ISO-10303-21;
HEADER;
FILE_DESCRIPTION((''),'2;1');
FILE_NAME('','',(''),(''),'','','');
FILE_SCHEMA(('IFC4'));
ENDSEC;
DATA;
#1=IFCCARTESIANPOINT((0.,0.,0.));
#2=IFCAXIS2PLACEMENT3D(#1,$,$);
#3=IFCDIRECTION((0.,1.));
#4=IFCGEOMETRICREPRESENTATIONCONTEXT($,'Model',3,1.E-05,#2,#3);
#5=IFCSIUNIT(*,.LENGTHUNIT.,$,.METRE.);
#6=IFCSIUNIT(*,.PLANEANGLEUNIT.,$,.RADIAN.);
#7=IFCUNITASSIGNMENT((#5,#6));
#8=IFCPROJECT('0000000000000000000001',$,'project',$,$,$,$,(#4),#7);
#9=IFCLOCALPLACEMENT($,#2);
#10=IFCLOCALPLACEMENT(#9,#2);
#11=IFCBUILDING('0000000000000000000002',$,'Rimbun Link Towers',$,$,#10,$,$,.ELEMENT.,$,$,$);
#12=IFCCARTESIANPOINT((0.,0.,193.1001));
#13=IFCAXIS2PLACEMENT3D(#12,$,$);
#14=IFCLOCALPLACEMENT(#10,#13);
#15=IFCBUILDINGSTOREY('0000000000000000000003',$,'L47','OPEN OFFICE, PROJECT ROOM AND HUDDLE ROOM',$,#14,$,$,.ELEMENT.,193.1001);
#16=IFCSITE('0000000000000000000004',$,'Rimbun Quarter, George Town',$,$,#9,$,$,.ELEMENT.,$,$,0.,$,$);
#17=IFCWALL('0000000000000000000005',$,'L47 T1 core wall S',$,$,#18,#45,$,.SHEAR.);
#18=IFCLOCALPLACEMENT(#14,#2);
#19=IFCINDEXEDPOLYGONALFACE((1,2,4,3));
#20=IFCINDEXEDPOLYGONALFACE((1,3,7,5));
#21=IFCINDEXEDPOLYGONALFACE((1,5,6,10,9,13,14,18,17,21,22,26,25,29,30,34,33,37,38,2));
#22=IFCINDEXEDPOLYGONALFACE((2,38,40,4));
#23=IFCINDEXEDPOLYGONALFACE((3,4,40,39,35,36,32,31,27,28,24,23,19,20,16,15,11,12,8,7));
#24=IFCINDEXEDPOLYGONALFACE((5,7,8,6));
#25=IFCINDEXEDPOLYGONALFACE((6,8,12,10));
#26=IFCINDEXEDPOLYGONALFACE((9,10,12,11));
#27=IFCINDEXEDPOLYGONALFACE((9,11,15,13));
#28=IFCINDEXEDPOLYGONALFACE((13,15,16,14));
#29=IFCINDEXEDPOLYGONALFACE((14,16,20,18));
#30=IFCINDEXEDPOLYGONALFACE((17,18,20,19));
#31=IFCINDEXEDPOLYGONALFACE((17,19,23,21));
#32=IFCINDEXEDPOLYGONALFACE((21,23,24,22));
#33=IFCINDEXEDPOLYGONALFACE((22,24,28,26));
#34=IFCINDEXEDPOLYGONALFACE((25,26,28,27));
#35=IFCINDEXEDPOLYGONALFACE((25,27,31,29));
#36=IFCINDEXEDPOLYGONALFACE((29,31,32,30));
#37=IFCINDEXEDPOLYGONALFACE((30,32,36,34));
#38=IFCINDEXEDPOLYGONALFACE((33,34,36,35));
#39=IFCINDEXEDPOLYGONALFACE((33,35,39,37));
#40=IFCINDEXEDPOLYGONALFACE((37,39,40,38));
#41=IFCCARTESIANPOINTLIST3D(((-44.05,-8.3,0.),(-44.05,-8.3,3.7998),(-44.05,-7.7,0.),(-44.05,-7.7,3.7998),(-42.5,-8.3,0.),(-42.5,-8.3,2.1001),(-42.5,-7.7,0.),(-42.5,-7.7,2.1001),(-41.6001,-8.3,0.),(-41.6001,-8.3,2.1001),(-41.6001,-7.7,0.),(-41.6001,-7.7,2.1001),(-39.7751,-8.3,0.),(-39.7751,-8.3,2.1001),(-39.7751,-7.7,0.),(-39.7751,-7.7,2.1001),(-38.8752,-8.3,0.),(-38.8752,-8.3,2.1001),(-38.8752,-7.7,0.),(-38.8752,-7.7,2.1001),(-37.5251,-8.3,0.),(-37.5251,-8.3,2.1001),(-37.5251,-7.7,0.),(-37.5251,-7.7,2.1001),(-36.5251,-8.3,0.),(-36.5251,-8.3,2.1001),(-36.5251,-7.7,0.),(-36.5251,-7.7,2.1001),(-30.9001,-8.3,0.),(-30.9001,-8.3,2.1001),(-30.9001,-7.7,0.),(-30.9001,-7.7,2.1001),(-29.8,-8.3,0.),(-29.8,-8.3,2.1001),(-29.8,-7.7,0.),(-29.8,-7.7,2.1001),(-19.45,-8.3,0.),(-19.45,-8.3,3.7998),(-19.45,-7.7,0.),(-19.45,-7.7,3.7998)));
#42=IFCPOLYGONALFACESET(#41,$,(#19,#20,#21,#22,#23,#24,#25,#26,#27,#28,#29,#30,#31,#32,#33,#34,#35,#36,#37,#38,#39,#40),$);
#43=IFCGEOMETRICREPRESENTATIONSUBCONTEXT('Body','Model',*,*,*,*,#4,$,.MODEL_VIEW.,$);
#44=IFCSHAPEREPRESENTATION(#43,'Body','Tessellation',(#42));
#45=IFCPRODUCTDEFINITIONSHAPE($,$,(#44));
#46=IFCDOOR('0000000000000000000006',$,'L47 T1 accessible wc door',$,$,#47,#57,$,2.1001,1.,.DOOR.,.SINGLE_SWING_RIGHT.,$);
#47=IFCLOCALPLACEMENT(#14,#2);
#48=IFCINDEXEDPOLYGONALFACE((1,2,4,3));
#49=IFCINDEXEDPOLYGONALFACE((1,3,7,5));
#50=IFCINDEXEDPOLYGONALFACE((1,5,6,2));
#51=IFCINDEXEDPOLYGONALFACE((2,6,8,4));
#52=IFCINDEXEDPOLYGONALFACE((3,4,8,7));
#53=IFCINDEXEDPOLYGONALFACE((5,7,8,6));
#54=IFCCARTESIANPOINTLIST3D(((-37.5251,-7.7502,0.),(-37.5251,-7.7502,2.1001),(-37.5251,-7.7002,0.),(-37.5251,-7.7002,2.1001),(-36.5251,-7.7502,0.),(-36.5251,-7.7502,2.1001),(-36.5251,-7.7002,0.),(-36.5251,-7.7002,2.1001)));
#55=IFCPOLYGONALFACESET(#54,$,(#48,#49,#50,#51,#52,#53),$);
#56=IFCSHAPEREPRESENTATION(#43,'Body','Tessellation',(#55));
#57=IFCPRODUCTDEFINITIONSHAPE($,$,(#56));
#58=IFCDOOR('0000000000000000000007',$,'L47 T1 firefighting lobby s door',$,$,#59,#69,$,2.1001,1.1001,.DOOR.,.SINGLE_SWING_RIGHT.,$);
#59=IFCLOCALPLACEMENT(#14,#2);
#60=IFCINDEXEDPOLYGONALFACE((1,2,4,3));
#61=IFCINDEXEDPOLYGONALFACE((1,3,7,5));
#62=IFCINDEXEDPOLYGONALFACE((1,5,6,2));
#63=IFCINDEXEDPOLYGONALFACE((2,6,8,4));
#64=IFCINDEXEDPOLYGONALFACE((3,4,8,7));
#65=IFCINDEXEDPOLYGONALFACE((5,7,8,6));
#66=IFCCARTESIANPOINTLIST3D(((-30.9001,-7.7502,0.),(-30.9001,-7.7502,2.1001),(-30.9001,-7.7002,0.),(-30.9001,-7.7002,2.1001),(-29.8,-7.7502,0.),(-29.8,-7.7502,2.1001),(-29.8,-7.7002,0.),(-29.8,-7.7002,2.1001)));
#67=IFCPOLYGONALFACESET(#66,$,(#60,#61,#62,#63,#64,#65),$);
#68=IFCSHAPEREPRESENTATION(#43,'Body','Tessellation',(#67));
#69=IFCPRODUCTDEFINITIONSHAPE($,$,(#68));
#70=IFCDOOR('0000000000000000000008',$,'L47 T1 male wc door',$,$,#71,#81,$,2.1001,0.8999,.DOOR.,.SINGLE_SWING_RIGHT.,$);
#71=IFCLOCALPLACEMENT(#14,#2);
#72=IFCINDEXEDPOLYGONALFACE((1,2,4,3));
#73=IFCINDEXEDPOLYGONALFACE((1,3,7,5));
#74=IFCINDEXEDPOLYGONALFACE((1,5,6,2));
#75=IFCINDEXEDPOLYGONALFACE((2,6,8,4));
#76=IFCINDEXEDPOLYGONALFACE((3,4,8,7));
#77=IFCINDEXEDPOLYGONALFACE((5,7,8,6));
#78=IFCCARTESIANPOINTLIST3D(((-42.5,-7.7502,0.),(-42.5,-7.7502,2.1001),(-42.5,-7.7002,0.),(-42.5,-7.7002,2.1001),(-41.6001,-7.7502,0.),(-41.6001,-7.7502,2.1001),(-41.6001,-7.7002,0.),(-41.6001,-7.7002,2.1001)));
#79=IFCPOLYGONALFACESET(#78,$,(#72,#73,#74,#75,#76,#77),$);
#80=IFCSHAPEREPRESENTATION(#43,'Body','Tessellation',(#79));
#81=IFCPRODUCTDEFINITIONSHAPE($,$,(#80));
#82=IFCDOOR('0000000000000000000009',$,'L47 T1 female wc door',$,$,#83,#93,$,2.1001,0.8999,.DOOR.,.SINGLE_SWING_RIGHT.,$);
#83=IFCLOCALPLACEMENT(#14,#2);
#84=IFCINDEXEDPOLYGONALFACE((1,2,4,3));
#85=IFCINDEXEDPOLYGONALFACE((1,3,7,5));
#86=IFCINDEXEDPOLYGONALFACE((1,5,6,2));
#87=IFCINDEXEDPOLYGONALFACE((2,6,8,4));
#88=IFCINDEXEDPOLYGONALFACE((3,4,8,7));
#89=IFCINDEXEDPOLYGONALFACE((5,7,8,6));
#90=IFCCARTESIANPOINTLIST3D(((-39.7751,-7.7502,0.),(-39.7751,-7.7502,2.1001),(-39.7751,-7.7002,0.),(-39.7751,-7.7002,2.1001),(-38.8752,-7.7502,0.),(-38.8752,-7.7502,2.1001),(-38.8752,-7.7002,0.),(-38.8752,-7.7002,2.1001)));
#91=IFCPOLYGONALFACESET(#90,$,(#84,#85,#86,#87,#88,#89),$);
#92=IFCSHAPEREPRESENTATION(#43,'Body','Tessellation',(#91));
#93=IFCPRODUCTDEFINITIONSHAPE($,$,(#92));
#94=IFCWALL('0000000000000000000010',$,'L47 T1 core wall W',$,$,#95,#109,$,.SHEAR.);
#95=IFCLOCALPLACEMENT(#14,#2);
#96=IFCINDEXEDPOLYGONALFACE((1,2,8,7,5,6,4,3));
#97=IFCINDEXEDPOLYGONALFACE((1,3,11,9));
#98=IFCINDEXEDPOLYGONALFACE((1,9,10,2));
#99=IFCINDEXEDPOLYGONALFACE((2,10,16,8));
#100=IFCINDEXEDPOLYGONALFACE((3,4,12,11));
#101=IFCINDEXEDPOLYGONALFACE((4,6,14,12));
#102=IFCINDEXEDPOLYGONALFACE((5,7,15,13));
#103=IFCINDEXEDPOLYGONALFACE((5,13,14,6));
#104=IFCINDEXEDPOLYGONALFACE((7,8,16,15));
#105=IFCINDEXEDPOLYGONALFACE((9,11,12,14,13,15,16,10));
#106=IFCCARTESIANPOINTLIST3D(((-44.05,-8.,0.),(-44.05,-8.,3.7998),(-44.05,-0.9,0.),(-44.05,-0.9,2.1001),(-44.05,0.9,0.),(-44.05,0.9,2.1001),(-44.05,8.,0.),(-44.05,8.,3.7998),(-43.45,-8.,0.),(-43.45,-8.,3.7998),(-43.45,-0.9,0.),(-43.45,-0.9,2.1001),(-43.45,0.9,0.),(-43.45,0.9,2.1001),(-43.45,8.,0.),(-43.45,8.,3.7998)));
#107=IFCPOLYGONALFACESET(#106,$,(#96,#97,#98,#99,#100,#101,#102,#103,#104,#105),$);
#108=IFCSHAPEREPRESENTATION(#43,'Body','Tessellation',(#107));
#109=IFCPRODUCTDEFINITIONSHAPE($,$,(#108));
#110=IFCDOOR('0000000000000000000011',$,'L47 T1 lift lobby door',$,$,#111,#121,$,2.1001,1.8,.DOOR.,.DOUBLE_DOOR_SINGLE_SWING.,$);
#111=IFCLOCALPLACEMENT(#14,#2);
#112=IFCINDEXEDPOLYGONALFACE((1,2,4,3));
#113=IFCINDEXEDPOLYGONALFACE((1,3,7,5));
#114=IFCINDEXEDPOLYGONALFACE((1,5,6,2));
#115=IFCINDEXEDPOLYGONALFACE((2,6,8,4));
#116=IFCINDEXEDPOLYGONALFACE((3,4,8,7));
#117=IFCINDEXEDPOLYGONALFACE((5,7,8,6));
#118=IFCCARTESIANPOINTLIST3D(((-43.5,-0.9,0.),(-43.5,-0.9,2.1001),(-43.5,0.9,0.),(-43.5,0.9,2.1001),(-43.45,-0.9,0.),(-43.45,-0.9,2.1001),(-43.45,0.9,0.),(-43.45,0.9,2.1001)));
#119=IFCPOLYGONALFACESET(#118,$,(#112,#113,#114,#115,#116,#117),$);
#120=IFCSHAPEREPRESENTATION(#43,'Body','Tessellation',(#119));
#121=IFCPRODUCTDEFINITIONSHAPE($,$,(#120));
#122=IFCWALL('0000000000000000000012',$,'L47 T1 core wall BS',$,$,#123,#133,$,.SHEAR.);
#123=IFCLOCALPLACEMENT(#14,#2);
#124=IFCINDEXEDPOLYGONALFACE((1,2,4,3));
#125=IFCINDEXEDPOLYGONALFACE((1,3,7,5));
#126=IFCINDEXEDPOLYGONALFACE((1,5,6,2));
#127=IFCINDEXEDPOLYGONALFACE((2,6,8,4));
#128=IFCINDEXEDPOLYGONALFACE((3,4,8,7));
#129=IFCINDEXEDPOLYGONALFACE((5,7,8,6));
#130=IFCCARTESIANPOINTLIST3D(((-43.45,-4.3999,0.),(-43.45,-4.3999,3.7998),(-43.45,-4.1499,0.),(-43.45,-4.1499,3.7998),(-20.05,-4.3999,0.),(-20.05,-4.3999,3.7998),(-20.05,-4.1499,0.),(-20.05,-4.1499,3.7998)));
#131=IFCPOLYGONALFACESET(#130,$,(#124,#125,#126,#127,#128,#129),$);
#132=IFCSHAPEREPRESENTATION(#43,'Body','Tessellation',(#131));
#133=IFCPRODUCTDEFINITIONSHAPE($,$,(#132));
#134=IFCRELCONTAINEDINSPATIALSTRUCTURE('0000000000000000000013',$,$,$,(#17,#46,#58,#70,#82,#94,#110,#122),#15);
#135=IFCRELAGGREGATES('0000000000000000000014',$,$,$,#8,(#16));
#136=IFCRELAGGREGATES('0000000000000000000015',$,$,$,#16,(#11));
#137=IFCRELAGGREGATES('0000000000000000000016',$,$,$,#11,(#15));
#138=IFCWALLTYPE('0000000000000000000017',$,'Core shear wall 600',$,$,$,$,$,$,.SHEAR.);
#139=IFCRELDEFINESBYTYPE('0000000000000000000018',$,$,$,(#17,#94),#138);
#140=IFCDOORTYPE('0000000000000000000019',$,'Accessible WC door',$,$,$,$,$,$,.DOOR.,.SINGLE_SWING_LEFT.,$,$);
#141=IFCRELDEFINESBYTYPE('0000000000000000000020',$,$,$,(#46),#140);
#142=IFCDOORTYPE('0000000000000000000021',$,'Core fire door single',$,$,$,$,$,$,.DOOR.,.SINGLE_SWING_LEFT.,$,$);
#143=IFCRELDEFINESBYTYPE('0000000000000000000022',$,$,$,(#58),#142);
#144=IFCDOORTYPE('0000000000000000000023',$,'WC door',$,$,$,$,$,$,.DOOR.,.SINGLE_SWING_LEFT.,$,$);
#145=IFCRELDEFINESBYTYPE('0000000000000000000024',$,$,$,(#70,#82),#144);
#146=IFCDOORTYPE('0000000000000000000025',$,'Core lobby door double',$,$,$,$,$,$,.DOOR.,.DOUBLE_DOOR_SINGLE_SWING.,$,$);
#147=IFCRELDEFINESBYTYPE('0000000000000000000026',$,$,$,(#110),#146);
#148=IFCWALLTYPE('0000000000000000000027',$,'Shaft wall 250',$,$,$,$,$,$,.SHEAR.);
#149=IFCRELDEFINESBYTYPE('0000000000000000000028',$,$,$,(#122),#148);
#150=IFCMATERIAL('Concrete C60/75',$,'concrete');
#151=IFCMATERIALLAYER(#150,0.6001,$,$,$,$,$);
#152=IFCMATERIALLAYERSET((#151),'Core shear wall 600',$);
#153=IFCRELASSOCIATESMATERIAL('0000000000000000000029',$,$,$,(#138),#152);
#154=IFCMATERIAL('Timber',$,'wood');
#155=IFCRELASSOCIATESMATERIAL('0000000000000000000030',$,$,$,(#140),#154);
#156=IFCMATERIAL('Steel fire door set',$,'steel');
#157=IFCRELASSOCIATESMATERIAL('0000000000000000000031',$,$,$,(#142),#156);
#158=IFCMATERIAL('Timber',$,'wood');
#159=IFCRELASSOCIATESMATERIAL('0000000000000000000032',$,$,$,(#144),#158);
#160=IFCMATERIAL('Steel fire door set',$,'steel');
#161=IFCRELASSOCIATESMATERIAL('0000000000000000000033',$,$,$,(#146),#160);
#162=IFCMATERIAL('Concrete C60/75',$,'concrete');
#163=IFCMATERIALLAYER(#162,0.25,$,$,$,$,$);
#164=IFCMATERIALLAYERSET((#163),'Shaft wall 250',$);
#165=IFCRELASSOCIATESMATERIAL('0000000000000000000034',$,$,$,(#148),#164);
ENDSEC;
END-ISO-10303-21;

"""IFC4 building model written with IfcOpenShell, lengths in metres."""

from ifc_helpers import new_model, si_unit, direction, frame, frame_2d, origin, place, context, subcontext, project, spatial, rectangle, extrude, material, layer, layer_set, type_object, element, fill, save


model = new_model("IFC4")

# Units and contexts
model_context = context("Model", 3, precision=1e-05, world=origin(), true_north=direction((0.0, 1.0)))
body_context = subcontext(model_context, "Body", "Model", "MODEL_VIEW")
ifc_project = project(units=[si_unit("LENGTHUNIT", "METRE"), si_unit("PLANEANGLEUNIT", "RADIAN")], contexts=[model_context])

# Site, building, storey
site_placement = place(None, origin())
site = spatial("IfcSite", under=ifc_project, at=site_placement, Name="Rimbun Quarter, George Town", CompositionType="ELEMENT", RefElevation=0.0)
building_placement = place(site_placement, origin())
building = spatial("IfcBuilding", under=site, at=building_placement, Name="Rimbun Link Towers", CompositionType="ELEMENT")
storey_placement = place(building_placement, frame((0.0, 0.0, 193.1001)))
storey = spatial("IfcBuildingStorey", under=building, at=storey_placement, Name="L47", Description="OPEN OFFICE, PROJECT ROOM AND HUDDLE ROOM", CompositionType="ELEMENT", Elevation=193.1001)

# Wall, openings, doors
ifc_material_1 = material(Name="Concrete C60/75", Category="concrete")
ifc_layer_1 = layer(ifc_material_1, 0.6001)
ifc_layer_set_1 = layer_set([ifc_layer_1], Name="Core shear wall 600")
wall_type_1 = type_object("IfcWallType", Name="Core shear wall 600", PredefinedType="SHEAR", material=ifc_layer_set_1)
wall_1_placement = place(storey_placement, frame((-44.05, -8.0, 0.0), z_axis=(0.0, 0.0, 1.0), x_axis=(1.0, 0.0, 0.0)))
wall_1 = element("IfcWall", 1, at=wall_1_placement, inside=storey, type_object=wall_type_1, Name="L47 T1 core wall S", PredefinedType="SHEAR", context=body_context, shape_type="SweptSolid", body=[
    extrude(rectangle(XDim=24.6001, YDim=0.6001, at=frame_2d((12.3, 0.0))), origin(), (0.0, 0.0, 1.0), 3.7998),
])
opening_1_placement = place(wall_1_placement, frame((13.1499, 0.0, 0.0)))
opening_1 = element("IfcOpeningElement", 2, at=opening_1_placement, cuts=wall_1, PredefinedType="OPENING", context=body_context, shape_type="SweptSolid", body=[
    extrude(rectangle(XDim=1.1001, YDim=2.1001, at=frame_2d((0.55, 1.05))), frame((0.0, 0.3101, 0.0), z_axis=(0.0, -1.0, 0.0), x_axis=(1.0, 0.0, 0.0)), (0.0, 0.0, 1.0), 0.6201),
])
opening_2_placement = place(wall_1_placement, frame((1.55, 0.0, 0.0)))
opening_2 = element("IfcOpeningElement", 3, at=opening_2_placement, cuts=wall_1, PredefinedType="OPENING", context=body_context, shape_type="SweptSolid", body=[
    extrude(rectangle(XDim=0.8999, YDim=2.1001, at=frame_2d((0.45, 1.05))), frame((0.0, 0.3101, 0.0), z_axis=(0.0, -1.0, 0.0), x_axis=(1.0, 0.0, 0.0)), (0.0, 0.0, 1.0), 0.6201),
])
opening_3_placement = place(wall_1_placement, frame((4.2749, 0.0, 0.0)))
opening_3 = element("IfcOpeningElement", 4, at=opening_3_placement, cuts=wall_1, PredefinedType="OPENING", context=body_context, shape_type="SweptSolid", body=[
    extrude(rectangle(XDim=0.8999, YDim=2.1001, at=frame_2d((0.45, 1.05))), frame((0.0, 0.3101, 0.0), z_axis=(0.0, -1.0, 0.0), x_axis=(1.0, 0.0, 0.0)), (0.0, 0.0, 1.0), 0.6201),
])
opening_4_placement = place(wall_1_placement, frame((6.5249, 0.0, 0.0)))
opening_4 = element("IfcOpeningElement", 5, at=opening_4_placement, cuts=wall_1, PredefinedType="OPENING", context=body_context, shape_type="SweptSolid", body=[
    extrude(rectangle(XDim=1.0, YDim=2.1001, at=frame_2d((0.5, 1.05))), frame((0.0, 0.3101, 0.0), z_axis=(0.0, -1.0, 0.0), x_axis=(1.0, 0.0, 0.0)), (0.0, 0.0, 1.0), 0.6201),
])
ifc_material_2 = material(Name="Timber", Category="wood")
door_type_1 = type_object("IfcDoorType", Name="Accessible WC door", OperationType="SINGLE_SWING_LEFT", PredefinedType="DOOR", material=ifc_material_2)
door_1_placement = place(opening_4_placement, origin())
door_1 = element("IfcDoor", 6, at=door_1_placement, inside=storey, type_object=door_type_1, Name="L47 T1 accessible wc door", OperationType="SINGLE_SWING_RIGHT", OverallHeight=2.1001, OverallWidth=1.0, PredefinedType="DOOR", context=body_context, shape_type="SweptSolid", body=[
    extrude(rectangle(XDim=1.0, YDim=2.1001, at=frame_2d((0.5, 1.05))), frame((0.0, 0.2998, 0.0), z_axis=(0.0, -1.0, 0.0), x_axis=(1.0, 0.0, 0.0)), (0.0, 0.0, 1.0), 0.05),
])
fill(opening_4, door_1)
ifc_material_3 = material(Name="Steel fire door set", Category="steel")
door_type_2 = type_object("IfcDoorType", Name="Core fire door single", OperationType="SINGLE_SWING_LEFT", PredefinedType="DOOR", material=ifc_material_3)
door_2_placement = place(opening_1_placement, origin())
door_2 = element("IfcDoor", 7, at=door_2_placement, inside=storey, type_object=door_type_2, Name="L47 T1 firefighting lobby s door", OperationType="SINGLE_SWING_RIGHT", OverallHeight=2.1001, OverallWidth=1.1001, PredefinedType="DOOR", context=body_context, shape_type="SweptSolid", body=[
    extrude(rectangle(XDim=1.1001, YDim=2.1001, at=frame_2d((0.55, 1.05))), frame((0.0, 0.2998, 0.0), z_axis=(0.0, -1.0, 0.0), x_axis=(1.0, 0.0, 0.0)), (0.0, 0.0, 1.0), 0.05),
])
fill(opening_1, door_2)
ifc_material_4 = material(Name="Timber", Category="wood")
door_type_3 = type_object("IfcDoorType", Name="WC door", OperationType="SINGLE_SWING_LEFT", PredefinedType="DOOR", material=ifc_material_4)
door_3_placement = place(opening_2_placement, origin())
door_3 = element("IfcDoor", 8, at=door_3_placement, inside=storey, type_object=door_type_3, Name="L47 T1 male wc door", OperationType="SINGLE_SWING_RIGHT", OverallHeight=2.1001, OverallWidth=0.8999, PredefinedType="DOOR", context=body_context, shape_type="SweptSolid", body=[
    extrude(rectangle(XDim=0.8999, YDim=2.1001, at=frame_2d((0.45, 1.05))), frame((0.0, 0.2998, 0.0), z_axis=(0.0, -1.0, 0.0), x_axis=(1.0, 0.0, 0.0)), (0.0, 0.0, 1.0), 0.05),
])
fill(opening_2, door_3)
door_4_placement = place(opening_3_placement, origin())
door_4 = element("IfcDoor", 9, at=door_4_placement, inside=storey, type_object=door_type_3, Name="L47 T1 female wc door", OperationType="SINGLE_SWING_RIGHT", OverallHeight=2.1001, OverallWidth=0.8999, PredefinedType="DOOR", context=body_context, shape_type="SweptSolid", body=[
    extrude(rectangle(XDim=0.8999, YDim=2.1001, at=frame_2d((0.45, 1.05))), frame((0.0, 0.2998, 0.0), z_axis=(0.0, -1.0, 0.0), x_axis=(1.0, 0.0, 0.0)), (0.0, 0.0, 1.0), 0.05),
])
fill(opening_3, door_4)

# Wall, opening, door
wall_2_placement = place(storey_placement, frame((-43.75, -8.0, 0.0), z_axis=(0.0, 0.0, 1.0), x_axis=(0.0, 1.0, 0.0)))
wall_2 = element("IfcWall", 10, at=wall_2_placement, inside=storey, type_object=wall_type_1, Name="L47 T1 core wall W", PredefinedType="SHEAR", context=body_context, shape_type="SweptSolid", body=[
    extrude(rectangle(XDim=16.0, YDim=0.6001, at=frame_2d((8.0, 0.0))), origin(), (0.0, 0.0, 1.0), 3.7998),
])
opening_5_placement = place(wall_2_placement, frame((7.1001, 0.0, 0.0)))
opening_5 = element("IfcOpeningElement", 11, at=opening_5_placement, cuts=wall_2, PredefinedType="OPENING", context=body_context, shape_type="SweptSolid", body=[
    extrude(rectangle(XDim=1.8, YDim=2.1001, at=frame_2d((0.8999, 1.05))), frame((0.0, 0.3101, 0.0), z_axis=(0.0, -1.0, 0.0), x_axis=(1.0, 0.0, 0.0)), (0.0, 0.0, 1.0), 0.6201),
])
ifc_material_5 = material(Name="Steel fire door set", Category="steel")
door_type_4 = type_object("IfcDoorType", Name="Core lobby door double", OperationType="DOUBLE_DOOR_SINGLE_SWING", PredefinedType="DOOR", material=ifc_material_5)
door_5_placement = place(opening_5_placement, origin())
door_5 = element("IfcDoor", 12, at=door_5_placement, inside=storey, type_object=door_type_4, Name="L47 T1 lift lobby door", OperationType="DOUBLE_DOOR_SINGLE_SWING", OverallHeight=2.1001, OverallWidth=1.8, PredefinedType="DOOR", context=body_context, shape_type="SweptSolid", body=[
    extrude(rectangle(XDim=1.8, YDim=2.1001, at=frame_2d((0.8999, 1.05))), frame((0.0, -0.25, 0.0), z_axis=(0.0, -1.0, 0.0), x_axis=(1.0, 0.0, 0.0)), (0.0, 0.0, 1.0), 0.05),
])
fill(opening_5, door_5)

# Wall
ifc_material_6 = material(Name="Concrete C60/75", Category="concrete")
ifc_layer_2 = layer(ifc_material_6, 0.25)
ifc_layer_set_2 = layer_set([ifc_layer_2], Name="Shaft wall 250")
wall_type_2 = type_object("IfcWallType", Name="Shaft wall 250", PredefinedType="SHEAR", material=ifc_layer_set_2)
wall_3_placement = place(storey_placement, frame((-43.45, -4.2749, 0.0), z_axis=(0.0, 0.0, 1.0), x_axis=(1.0, 0.0, 0.0)))
element("IfcWall", 13, at=wall_3_placement, inside=storey, type_object=wall_type_2, Name="L47 T1 core wall BS", PredefinedType="SHEAR", context=body_context, shape_type="SweptSolid", body=[
    extrude(rectangle(XDim=23.3999, YDim=0.25, at=frame_2d((11.7, 0.0))), origin(), (0.0, 0.0, 1.0), 3.7998),
])

save(model, "model.ifc")
